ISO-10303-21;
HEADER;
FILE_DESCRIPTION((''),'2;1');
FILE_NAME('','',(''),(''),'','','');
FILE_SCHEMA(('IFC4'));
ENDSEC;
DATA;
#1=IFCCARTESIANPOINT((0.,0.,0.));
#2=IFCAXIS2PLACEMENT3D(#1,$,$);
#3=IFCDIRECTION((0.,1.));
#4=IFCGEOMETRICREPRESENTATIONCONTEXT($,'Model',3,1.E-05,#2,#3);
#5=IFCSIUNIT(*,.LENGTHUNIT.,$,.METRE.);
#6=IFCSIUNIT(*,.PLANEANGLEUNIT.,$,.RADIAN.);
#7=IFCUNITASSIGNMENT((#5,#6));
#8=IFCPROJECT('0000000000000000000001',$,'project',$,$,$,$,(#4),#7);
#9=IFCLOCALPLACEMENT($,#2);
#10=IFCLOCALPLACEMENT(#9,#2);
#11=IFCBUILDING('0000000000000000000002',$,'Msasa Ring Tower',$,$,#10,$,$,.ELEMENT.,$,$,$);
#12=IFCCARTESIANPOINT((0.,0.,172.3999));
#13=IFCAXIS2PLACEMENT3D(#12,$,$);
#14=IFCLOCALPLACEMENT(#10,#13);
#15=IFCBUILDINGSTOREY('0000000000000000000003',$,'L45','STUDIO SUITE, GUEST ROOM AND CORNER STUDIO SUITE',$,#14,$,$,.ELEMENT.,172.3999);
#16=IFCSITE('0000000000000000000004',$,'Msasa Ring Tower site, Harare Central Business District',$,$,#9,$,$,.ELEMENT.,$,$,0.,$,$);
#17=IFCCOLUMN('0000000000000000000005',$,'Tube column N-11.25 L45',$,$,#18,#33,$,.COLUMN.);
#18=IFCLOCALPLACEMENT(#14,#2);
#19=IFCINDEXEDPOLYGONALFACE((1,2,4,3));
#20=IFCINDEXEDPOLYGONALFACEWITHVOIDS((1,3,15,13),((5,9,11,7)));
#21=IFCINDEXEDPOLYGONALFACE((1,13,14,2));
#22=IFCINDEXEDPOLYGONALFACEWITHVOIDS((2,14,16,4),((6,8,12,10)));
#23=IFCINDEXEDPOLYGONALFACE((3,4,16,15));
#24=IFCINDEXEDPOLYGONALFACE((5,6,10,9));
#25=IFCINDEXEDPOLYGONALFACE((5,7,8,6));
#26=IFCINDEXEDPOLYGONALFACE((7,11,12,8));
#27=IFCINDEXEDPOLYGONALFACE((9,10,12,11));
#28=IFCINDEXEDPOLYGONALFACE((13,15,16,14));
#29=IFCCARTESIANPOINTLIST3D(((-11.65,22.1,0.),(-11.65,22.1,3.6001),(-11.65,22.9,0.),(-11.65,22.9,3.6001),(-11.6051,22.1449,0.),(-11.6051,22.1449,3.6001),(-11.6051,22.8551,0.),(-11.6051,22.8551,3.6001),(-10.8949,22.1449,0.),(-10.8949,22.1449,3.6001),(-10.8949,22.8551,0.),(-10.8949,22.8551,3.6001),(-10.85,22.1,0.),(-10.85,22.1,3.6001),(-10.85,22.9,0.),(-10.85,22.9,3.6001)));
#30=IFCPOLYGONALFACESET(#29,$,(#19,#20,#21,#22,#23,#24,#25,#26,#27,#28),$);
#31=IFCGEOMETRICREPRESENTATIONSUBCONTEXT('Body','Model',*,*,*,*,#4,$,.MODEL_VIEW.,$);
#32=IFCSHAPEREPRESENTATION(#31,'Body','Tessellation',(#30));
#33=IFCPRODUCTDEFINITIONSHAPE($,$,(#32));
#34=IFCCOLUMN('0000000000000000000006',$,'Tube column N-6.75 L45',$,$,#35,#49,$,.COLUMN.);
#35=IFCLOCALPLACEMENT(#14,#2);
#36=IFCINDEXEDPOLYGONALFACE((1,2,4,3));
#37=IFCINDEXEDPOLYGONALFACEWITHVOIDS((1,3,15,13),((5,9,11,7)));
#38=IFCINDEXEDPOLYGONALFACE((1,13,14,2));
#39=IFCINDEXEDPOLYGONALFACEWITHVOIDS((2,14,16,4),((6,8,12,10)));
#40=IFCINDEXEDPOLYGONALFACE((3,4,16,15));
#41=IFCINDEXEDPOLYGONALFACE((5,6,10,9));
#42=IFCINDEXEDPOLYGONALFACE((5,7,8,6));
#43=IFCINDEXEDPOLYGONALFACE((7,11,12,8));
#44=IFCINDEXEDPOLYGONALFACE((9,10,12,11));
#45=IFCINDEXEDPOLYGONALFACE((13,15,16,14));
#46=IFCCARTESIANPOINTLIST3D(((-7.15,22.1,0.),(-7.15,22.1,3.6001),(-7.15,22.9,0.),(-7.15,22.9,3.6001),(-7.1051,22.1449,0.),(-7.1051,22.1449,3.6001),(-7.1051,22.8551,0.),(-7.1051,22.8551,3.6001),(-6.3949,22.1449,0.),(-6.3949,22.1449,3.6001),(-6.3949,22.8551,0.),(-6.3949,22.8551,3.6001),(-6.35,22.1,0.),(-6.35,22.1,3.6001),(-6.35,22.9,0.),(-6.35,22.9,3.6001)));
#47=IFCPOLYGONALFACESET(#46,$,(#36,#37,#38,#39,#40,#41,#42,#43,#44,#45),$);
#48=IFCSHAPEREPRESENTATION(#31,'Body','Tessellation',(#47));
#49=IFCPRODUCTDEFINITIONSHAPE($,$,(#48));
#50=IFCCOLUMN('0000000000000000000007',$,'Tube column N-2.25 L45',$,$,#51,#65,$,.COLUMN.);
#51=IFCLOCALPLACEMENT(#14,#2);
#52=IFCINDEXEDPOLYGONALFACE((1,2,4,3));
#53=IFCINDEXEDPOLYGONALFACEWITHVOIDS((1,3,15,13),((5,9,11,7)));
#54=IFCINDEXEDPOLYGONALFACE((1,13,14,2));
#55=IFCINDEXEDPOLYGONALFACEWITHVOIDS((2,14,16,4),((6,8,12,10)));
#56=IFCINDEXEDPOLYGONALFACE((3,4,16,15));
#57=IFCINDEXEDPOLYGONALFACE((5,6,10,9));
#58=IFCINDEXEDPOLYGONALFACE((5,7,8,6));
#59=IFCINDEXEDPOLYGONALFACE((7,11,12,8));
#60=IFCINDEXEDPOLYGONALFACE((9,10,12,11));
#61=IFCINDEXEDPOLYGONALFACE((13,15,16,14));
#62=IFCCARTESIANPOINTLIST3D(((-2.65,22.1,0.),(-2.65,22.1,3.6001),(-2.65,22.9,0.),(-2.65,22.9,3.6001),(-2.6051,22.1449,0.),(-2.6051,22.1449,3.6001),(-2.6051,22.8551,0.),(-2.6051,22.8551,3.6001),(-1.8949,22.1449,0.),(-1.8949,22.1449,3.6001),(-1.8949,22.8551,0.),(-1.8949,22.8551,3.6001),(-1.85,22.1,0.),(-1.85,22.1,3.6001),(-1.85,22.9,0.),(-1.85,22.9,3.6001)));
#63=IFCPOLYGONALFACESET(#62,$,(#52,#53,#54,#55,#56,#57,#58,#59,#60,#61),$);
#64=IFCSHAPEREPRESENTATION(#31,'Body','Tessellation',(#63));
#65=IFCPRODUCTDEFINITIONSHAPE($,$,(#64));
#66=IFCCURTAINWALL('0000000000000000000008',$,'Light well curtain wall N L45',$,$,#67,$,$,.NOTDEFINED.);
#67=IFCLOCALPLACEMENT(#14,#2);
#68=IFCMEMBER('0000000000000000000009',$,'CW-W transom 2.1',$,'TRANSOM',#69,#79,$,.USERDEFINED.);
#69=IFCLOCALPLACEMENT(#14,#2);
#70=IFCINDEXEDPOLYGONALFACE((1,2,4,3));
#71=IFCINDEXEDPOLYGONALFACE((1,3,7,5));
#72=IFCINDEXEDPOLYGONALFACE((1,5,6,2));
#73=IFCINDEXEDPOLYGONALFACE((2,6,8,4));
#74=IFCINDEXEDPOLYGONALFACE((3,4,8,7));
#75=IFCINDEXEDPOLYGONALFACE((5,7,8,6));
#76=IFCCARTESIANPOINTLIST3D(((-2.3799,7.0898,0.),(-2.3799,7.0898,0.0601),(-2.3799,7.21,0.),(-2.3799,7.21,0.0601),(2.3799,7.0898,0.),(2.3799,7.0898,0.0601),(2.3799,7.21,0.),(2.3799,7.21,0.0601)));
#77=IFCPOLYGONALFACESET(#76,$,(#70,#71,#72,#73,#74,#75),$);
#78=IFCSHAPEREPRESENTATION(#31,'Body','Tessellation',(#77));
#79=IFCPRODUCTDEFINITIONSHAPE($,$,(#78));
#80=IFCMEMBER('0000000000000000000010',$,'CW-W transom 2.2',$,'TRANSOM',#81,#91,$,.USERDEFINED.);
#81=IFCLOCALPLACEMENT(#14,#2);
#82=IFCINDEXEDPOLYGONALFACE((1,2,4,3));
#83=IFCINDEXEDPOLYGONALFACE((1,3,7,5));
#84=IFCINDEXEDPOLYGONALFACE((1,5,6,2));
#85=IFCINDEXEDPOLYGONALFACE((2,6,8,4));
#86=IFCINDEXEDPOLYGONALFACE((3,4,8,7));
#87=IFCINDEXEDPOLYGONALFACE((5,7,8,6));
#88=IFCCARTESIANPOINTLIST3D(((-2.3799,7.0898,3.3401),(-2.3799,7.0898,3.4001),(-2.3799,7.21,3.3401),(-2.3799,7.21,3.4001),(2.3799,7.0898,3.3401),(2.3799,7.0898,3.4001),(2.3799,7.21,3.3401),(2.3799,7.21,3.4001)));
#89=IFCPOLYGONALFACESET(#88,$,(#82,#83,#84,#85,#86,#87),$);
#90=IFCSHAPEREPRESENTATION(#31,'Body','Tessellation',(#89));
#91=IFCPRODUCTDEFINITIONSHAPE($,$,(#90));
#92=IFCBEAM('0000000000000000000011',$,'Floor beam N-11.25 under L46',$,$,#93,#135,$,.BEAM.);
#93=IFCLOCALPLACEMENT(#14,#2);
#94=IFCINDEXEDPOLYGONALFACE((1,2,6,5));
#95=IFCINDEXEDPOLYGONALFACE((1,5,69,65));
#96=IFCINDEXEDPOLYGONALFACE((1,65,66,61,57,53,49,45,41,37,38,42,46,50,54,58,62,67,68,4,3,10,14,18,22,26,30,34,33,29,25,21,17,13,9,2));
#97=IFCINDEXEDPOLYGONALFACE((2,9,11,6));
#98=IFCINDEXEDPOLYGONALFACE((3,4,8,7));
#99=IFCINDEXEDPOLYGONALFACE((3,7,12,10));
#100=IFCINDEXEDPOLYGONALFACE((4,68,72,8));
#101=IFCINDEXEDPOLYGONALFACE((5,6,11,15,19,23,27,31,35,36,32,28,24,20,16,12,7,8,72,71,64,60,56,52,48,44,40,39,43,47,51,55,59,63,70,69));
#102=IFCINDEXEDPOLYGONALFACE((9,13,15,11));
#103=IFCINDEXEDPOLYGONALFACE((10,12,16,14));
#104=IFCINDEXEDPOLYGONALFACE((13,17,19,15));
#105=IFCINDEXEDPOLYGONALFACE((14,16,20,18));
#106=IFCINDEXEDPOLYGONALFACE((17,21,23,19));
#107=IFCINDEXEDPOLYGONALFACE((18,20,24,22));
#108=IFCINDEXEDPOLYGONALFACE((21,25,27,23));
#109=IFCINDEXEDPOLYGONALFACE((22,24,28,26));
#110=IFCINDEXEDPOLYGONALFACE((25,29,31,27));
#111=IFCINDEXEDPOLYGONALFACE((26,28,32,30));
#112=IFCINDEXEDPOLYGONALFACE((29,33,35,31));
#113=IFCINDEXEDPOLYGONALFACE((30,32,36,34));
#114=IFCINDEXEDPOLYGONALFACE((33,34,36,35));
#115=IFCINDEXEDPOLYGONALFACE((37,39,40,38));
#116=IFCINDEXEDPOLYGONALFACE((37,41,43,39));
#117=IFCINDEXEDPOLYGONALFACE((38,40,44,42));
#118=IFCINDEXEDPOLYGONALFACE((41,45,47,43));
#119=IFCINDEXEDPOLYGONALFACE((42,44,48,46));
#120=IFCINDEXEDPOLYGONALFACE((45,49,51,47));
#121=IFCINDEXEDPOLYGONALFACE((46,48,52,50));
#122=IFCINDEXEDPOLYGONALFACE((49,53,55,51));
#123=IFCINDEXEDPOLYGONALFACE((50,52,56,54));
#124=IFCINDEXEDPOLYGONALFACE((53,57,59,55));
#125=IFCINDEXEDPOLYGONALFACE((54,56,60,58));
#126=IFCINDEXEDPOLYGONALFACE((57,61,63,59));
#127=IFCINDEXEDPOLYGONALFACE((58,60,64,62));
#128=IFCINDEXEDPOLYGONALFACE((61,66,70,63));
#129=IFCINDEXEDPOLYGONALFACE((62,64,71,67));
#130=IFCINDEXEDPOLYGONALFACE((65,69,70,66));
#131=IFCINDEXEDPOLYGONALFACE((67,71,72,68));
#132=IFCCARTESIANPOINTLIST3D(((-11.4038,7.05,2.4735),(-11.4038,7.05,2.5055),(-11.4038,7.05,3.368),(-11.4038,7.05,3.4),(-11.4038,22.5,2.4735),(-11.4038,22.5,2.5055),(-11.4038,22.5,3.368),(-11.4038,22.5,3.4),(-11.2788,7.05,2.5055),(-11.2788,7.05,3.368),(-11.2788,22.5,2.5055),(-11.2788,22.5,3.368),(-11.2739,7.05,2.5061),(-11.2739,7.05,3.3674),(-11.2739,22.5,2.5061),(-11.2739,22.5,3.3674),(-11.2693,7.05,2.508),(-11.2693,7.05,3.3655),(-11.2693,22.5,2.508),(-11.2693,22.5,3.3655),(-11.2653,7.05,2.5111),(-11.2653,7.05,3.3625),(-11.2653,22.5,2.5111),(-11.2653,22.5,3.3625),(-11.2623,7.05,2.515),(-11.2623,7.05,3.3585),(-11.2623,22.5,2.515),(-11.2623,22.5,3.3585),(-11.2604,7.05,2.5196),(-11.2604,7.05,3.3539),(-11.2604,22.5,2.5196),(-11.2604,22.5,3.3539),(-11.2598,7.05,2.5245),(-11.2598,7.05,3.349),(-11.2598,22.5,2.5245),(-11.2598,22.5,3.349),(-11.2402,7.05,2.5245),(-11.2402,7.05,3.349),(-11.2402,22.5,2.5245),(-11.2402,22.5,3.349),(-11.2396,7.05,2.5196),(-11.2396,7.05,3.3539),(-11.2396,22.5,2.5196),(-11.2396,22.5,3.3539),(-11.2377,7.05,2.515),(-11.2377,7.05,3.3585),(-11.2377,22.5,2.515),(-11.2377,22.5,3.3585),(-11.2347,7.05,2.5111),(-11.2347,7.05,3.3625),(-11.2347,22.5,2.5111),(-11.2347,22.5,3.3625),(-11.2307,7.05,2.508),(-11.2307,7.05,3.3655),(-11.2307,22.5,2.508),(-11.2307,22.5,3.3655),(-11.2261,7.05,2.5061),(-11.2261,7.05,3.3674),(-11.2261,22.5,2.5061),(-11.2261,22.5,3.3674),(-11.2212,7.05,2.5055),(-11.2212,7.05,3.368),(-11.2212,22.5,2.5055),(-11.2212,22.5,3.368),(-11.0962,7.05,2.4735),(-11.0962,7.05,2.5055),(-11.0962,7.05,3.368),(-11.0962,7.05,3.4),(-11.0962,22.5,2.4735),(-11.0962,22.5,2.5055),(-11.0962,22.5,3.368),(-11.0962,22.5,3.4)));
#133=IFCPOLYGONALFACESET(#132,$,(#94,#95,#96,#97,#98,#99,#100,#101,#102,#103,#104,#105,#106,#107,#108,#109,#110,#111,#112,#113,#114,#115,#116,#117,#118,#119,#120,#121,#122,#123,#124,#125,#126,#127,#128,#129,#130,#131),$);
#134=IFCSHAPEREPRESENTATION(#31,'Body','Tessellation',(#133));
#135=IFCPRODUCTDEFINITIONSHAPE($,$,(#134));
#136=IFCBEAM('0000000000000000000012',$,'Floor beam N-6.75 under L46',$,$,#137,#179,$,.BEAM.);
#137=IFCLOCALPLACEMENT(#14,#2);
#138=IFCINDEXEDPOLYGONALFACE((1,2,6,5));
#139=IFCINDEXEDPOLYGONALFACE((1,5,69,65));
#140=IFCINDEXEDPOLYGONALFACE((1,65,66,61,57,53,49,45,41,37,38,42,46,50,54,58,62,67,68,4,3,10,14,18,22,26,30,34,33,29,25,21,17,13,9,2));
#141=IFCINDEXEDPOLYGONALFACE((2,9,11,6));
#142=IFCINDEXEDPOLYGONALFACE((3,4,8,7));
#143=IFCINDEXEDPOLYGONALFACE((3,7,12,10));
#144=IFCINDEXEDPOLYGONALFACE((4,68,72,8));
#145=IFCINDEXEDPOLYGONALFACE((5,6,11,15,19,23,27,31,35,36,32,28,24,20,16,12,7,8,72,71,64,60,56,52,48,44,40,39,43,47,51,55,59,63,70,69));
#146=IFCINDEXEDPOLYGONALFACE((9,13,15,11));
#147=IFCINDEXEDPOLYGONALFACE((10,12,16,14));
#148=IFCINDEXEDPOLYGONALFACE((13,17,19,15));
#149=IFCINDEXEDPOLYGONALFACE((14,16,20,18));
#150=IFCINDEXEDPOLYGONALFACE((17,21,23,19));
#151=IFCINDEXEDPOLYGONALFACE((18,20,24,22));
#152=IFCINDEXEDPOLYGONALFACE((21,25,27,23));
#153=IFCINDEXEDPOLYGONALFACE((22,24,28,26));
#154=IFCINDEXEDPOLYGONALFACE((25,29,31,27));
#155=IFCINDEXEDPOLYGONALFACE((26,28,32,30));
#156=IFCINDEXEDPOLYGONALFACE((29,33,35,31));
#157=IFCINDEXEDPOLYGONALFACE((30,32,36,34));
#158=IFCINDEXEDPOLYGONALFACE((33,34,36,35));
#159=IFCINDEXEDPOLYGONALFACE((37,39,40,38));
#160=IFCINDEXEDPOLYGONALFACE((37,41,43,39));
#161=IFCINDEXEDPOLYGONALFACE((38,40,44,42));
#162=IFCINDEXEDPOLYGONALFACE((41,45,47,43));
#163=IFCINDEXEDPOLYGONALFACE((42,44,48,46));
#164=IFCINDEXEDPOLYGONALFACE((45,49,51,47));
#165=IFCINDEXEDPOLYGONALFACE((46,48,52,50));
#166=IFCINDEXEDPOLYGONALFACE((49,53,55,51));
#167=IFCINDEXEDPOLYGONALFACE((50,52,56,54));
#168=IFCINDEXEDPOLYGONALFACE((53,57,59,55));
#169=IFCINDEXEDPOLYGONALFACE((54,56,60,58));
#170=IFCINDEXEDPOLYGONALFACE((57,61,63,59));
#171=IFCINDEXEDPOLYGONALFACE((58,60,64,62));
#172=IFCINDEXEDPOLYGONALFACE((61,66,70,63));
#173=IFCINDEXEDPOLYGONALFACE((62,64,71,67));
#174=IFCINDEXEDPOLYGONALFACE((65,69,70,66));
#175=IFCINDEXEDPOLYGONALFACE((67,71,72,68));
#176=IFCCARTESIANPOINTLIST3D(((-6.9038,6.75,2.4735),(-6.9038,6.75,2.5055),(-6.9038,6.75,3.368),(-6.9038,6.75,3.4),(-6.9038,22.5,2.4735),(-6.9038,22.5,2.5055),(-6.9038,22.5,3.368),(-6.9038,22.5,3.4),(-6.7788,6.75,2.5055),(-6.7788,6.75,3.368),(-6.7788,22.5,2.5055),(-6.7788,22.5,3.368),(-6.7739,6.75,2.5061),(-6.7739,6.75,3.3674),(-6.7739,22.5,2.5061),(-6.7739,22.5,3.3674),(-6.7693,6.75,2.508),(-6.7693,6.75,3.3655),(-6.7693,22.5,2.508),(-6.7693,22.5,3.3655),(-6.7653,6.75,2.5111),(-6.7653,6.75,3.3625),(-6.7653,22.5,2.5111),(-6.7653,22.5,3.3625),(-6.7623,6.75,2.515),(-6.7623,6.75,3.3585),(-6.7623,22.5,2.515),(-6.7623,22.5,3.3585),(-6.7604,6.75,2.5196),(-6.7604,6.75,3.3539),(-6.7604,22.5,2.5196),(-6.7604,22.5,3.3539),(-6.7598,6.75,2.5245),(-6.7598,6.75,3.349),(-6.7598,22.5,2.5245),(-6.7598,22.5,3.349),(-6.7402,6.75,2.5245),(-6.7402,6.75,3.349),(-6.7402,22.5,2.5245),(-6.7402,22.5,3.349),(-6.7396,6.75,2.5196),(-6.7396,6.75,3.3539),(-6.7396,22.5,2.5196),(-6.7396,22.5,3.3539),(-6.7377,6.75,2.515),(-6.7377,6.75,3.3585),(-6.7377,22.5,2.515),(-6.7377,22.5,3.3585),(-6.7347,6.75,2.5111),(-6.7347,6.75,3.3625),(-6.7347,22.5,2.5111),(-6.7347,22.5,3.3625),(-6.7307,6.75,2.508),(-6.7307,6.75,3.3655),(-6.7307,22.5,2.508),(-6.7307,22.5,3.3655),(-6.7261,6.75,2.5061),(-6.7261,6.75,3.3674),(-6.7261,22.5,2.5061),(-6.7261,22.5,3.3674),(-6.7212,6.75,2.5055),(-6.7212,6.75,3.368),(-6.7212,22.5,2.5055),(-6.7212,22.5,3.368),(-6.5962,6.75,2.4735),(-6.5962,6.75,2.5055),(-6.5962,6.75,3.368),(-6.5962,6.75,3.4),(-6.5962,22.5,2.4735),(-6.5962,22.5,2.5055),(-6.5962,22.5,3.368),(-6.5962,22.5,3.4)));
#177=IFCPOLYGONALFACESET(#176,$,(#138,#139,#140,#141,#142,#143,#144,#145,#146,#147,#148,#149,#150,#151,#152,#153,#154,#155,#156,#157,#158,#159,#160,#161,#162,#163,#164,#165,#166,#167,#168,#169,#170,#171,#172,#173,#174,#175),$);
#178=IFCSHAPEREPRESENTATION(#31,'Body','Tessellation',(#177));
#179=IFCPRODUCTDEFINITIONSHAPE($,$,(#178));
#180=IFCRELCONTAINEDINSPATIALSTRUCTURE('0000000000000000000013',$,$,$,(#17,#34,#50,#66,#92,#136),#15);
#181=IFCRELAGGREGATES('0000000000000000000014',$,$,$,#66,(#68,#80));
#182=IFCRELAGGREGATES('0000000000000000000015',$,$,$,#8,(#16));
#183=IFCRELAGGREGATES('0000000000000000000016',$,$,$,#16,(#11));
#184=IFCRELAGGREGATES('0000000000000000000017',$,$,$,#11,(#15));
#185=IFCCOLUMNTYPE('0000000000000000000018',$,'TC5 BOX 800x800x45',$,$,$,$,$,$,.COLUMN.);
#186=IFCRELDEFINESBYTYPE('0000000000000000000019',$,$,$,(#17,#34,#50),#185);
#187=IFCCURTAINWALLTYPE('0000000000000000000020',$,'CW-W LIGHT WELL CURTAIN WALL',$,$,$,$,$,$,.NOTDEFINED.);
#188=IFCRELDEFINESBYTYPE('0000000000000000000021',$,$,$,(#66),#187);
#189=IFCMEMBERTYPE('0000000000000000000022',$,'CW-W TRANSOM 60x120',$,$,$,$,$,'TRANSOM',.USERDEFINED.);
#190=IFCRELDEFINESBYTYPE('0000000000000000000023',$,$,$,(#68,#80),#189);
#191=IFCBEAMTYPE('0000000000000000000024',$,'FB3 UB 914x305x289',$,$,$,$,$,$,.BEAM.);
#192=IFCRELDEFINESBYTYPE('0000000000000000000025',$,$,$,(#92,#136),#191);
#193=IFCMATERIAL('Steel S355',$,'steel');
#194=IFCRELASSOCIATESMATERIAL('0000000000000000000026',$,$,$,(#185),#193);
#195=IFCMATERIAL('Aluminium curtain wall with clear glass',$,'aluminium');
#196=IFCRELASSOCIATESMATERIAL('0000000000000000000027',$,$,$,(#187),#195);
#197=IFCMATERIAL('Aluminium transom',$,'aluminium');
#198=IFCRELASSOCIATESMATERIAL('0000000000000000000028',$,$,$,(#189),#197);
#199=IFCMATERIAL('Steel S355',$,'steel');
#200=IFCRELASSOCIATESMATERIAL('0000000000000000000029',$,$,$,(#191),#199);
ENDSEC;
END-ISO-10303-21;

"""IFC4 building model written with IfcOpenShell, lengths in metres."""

from ifc_helpers import new_model, si_unit, direction, frame, origin, origin_2d, place, context, subcontext, project, spatial, rectangle, hollow_rectangle, i_section, extrude, material, material_profile, profile_set, type_object, element, aggregate, save


model = new_model("IFC4")

# Units and contexts
model_context = context("Model", 3, precision=1e-05, world=origin(), true_north=direction((0.0, 1.0)))
body_context = subcontext(model_context, "Body", "Model", "MODEL_VIEW")
ifc_project = project(units=[si_unit("LENGTHUNIT", "METRE"), si_unit("PLANEANGLEUNIT", "RADIAN")], contexts=[model_context])

# Site, building, storey
site_placement = place(None, origin())
site = spatial("IfcSite", under=ifc_project, at=site_placement, Name="Msasa Ring Tower site, Harare Central Business District", CompositionType="ELEMENT", RefElevation=0.0)
building_placement = place(site_placement, origin())
building = spatial("IfcBuilding", under=site, at=building_placement, Name="Msasa Ring Tower", CompositionType="ELEMENT")
storey_placement = place(building_placement, frame((0.0, 0.0, 172.3999)))
storey = spatial("IfcBuildingStorey", under=building, at=storey_placement, Name="L45", Description="STUDIO SUITE, GUEST ROOM AND CORNER STUDIO SUITE", CompositionType="ELEMENT", Elevation=172.3999)

# Columns
ifc_material_1 = material(Name="Steel S355", Category="steel")
ifc_material_profile_1 = material_profile(ifc_material_1, hollow_rectangle(XDim=0.8, YDim=0.8, WallThickness=0.0449, at=origin_2d()), Name="BOX 800x800x45")
ifc_profile_set_1 = profile_set([ifc_material_profile_1], Name="Steel S355")
column_type = type_object("IfcColumnType", Name="TC5 BOX 800x800x45", PredefinedType="COLUMN", material=ifc_profile_set_1)
for number, where, z_axis, x_axis, name in (
    (1, (-11.25, 22.5, 0.0), (0.0, 0.0, 1.0), (0.0, 1.0, 0.0), "Tube column N-11.25 L45"),
    (2, (-6.75, 22.5, 0.0), (0.0, 0.0, 1.0), (0.0, 1.0, 0.0), "Tube column N-6.75 L45"),
    (3, (-2.25, 22.5, 0.0), (0.0, 0.0, 1.0), (0.0, 1.0, 0.0), "Tube column N-2.25 L45"),
):
    element("IfcColumn", number, at=place(storey_placement, frame(where, z_axis=z_axis, x_axis=x_axis)), inside=storey, type_object=column_type, Name=name, PredefinedType="COLUMN", context=body_context, shape_type="SweptSolid", body=[
        extrude(hollow_rectangle(XDim=0.8, YDim=0.8, WallThickness=0.0449, at=origin_2d()), origin(), (0.0, 0.0, 1.0), 3.6001),
    ])

# Curtain wall, members
ifc_material_2 = material(Name="Aluminium curtain wall with clear glass", Category="aluminium")
curtain_wall_type = type_object("IfcCurtainWallType", Name="CW-W LIGHT WELL CURTAIN WALL", PredefinedType="NOTDEFINED", material=ifc_material_2)
curtain_wall_placement = place(storey_placement, origin())
curtain_wall = element("IfcCurtainWall", 4, at=curtain_wall_placement, inside=storey, type_object=curtain_wall_type, Name="Light well curtain wall N L45", PredefinedType="NOTDEFINED")
ifc_material_3 = material(Name="Aluminium transom", Category="aluminium")
ifc_material_profile_2 = material_profile(ifc_material_3, rectangle(XDim=0.1201, YDim=0.0601, at=origin_2d()), Name="AL 60x120")
ifc_profile_set_2 = profile_set([ifc_material_profile_2], Name="Aluminium transom")
member_type = type_object("IfcMemberType", Name="CW-W TRANSOM 60x120", ElementType="TRANSOM", PredefinedType="USERDEFINED", material=ifc_profile_set_2)
member_1_placement = place(storey_placement, frame((-2.3799, 7.1499, 0.03), z_axis=(1.0, 0.0, 0.0), x_axis=(0.0, 1.0, 0.0)))
member_1 = element("IfcMember", 5, at=member_1_placement, type_object=member_type, Name="CW-W transom 2.1", ObjectType="TRANSOM", PredefinedType="USERDEFINED", context=body_context, shape_type="SweptSolid", body=[
    extrude(rectangle(XDim=0.1201, YDim=0.0601, at=origin_2d()), origin(), (0.0, 0.0, 1.0), 4.7598),
])
member_2_placement = place(storey_placement, frame((-2.3799, 7.1499, 3.3701), z_axis=(1.0, 0.0, 0.0), x_axis=(0.0, 1.0, 0.0)))
member_2 = element("IfcMember", 6, at=member_2_placement, type_object=member_type, Name="CW-W transom 2.2", ObjectType="TRANSOM", PredefinedType="USERDEFINED", context=body_context, shape_type="SweptSolid", body=[
    extrude(rectangle(XDim=0.1201, YDim=0.0601, at=origin_2d()), origin(), (0.0, 0.0, 1.0), 4.7598),
])
aggregate(curtain_wall, [member_1, member_2])

# Beams
ifc_material_4 = material(Name="Steel S355", Category="steel")
ifc_material_profile_3 = material_profile(ifc_material_4, i_section(OverallWidth=0.3076, OverallDepth=0.9265, WebThickness=0.0195, FlangeThickness=0.032, FilletRadius=0.019, at=origin_2d()), Name="UB 914x305x289")
ifc_profile_set_3 = profile_set([ifc_material_profile_3], Name="Steel S355")
beam_type_1 = type_object("IfcBeamType", Name="FB3 UB 914x305x289", PredefinedType="BEAM", material=ifc_profile_set_3)
beam_placement = place(storey_placement, frame((-11.25, 22.5, 2.9368), z_axis=(0.0, -1.0, 0.0), x_axis=(1.0, 0.0, 0.0)))
element("IfcBeam", 7, at=beam_placement, inside=storey, type_object=beam_type_1, Name="Floor beam N-11.25 under L46", PredefinedType="BEAM", context=body_context, shape_type="SweptSolid", body=[
    extrude(i_section(OverallWidth=0.3076, OverallDepth=0.9265, WebThickness=0.0195, FlangeThickness=0.032, FilletRadius=0.019, at=origin_2d()), origin(), (0.0, 0.0, 1.0), 15.45),
])
for number, where, z_axis, x_axis, name in (
    (8, (-6.75, 22.5, 2.9368), (0.0, -1.0, 0.0), (1.0, 0.0, 0.0), "Floor beam N-6.75 under L46"),
):
    element("IfcBeam", number, at=place(storey_placement, frame(where, z_axis=z_axis, x_axis=x_axis)), inside=storey, type_object=beam_type_1, Name=name, PredefinedType="BEAM", context=body_context, shape_type="SweptSolid", body=[
        extrude(i_section(OverallWidth=0.3076, OverallDepth=0.9265, WebThickness=0.0195, FlangeThickness=0.032, FilletRadius=0.019, at=origin_2d()), origin(), (0.0, 0.0, 1.0), 15.75),
    ])

save(model, "model.ifc")
